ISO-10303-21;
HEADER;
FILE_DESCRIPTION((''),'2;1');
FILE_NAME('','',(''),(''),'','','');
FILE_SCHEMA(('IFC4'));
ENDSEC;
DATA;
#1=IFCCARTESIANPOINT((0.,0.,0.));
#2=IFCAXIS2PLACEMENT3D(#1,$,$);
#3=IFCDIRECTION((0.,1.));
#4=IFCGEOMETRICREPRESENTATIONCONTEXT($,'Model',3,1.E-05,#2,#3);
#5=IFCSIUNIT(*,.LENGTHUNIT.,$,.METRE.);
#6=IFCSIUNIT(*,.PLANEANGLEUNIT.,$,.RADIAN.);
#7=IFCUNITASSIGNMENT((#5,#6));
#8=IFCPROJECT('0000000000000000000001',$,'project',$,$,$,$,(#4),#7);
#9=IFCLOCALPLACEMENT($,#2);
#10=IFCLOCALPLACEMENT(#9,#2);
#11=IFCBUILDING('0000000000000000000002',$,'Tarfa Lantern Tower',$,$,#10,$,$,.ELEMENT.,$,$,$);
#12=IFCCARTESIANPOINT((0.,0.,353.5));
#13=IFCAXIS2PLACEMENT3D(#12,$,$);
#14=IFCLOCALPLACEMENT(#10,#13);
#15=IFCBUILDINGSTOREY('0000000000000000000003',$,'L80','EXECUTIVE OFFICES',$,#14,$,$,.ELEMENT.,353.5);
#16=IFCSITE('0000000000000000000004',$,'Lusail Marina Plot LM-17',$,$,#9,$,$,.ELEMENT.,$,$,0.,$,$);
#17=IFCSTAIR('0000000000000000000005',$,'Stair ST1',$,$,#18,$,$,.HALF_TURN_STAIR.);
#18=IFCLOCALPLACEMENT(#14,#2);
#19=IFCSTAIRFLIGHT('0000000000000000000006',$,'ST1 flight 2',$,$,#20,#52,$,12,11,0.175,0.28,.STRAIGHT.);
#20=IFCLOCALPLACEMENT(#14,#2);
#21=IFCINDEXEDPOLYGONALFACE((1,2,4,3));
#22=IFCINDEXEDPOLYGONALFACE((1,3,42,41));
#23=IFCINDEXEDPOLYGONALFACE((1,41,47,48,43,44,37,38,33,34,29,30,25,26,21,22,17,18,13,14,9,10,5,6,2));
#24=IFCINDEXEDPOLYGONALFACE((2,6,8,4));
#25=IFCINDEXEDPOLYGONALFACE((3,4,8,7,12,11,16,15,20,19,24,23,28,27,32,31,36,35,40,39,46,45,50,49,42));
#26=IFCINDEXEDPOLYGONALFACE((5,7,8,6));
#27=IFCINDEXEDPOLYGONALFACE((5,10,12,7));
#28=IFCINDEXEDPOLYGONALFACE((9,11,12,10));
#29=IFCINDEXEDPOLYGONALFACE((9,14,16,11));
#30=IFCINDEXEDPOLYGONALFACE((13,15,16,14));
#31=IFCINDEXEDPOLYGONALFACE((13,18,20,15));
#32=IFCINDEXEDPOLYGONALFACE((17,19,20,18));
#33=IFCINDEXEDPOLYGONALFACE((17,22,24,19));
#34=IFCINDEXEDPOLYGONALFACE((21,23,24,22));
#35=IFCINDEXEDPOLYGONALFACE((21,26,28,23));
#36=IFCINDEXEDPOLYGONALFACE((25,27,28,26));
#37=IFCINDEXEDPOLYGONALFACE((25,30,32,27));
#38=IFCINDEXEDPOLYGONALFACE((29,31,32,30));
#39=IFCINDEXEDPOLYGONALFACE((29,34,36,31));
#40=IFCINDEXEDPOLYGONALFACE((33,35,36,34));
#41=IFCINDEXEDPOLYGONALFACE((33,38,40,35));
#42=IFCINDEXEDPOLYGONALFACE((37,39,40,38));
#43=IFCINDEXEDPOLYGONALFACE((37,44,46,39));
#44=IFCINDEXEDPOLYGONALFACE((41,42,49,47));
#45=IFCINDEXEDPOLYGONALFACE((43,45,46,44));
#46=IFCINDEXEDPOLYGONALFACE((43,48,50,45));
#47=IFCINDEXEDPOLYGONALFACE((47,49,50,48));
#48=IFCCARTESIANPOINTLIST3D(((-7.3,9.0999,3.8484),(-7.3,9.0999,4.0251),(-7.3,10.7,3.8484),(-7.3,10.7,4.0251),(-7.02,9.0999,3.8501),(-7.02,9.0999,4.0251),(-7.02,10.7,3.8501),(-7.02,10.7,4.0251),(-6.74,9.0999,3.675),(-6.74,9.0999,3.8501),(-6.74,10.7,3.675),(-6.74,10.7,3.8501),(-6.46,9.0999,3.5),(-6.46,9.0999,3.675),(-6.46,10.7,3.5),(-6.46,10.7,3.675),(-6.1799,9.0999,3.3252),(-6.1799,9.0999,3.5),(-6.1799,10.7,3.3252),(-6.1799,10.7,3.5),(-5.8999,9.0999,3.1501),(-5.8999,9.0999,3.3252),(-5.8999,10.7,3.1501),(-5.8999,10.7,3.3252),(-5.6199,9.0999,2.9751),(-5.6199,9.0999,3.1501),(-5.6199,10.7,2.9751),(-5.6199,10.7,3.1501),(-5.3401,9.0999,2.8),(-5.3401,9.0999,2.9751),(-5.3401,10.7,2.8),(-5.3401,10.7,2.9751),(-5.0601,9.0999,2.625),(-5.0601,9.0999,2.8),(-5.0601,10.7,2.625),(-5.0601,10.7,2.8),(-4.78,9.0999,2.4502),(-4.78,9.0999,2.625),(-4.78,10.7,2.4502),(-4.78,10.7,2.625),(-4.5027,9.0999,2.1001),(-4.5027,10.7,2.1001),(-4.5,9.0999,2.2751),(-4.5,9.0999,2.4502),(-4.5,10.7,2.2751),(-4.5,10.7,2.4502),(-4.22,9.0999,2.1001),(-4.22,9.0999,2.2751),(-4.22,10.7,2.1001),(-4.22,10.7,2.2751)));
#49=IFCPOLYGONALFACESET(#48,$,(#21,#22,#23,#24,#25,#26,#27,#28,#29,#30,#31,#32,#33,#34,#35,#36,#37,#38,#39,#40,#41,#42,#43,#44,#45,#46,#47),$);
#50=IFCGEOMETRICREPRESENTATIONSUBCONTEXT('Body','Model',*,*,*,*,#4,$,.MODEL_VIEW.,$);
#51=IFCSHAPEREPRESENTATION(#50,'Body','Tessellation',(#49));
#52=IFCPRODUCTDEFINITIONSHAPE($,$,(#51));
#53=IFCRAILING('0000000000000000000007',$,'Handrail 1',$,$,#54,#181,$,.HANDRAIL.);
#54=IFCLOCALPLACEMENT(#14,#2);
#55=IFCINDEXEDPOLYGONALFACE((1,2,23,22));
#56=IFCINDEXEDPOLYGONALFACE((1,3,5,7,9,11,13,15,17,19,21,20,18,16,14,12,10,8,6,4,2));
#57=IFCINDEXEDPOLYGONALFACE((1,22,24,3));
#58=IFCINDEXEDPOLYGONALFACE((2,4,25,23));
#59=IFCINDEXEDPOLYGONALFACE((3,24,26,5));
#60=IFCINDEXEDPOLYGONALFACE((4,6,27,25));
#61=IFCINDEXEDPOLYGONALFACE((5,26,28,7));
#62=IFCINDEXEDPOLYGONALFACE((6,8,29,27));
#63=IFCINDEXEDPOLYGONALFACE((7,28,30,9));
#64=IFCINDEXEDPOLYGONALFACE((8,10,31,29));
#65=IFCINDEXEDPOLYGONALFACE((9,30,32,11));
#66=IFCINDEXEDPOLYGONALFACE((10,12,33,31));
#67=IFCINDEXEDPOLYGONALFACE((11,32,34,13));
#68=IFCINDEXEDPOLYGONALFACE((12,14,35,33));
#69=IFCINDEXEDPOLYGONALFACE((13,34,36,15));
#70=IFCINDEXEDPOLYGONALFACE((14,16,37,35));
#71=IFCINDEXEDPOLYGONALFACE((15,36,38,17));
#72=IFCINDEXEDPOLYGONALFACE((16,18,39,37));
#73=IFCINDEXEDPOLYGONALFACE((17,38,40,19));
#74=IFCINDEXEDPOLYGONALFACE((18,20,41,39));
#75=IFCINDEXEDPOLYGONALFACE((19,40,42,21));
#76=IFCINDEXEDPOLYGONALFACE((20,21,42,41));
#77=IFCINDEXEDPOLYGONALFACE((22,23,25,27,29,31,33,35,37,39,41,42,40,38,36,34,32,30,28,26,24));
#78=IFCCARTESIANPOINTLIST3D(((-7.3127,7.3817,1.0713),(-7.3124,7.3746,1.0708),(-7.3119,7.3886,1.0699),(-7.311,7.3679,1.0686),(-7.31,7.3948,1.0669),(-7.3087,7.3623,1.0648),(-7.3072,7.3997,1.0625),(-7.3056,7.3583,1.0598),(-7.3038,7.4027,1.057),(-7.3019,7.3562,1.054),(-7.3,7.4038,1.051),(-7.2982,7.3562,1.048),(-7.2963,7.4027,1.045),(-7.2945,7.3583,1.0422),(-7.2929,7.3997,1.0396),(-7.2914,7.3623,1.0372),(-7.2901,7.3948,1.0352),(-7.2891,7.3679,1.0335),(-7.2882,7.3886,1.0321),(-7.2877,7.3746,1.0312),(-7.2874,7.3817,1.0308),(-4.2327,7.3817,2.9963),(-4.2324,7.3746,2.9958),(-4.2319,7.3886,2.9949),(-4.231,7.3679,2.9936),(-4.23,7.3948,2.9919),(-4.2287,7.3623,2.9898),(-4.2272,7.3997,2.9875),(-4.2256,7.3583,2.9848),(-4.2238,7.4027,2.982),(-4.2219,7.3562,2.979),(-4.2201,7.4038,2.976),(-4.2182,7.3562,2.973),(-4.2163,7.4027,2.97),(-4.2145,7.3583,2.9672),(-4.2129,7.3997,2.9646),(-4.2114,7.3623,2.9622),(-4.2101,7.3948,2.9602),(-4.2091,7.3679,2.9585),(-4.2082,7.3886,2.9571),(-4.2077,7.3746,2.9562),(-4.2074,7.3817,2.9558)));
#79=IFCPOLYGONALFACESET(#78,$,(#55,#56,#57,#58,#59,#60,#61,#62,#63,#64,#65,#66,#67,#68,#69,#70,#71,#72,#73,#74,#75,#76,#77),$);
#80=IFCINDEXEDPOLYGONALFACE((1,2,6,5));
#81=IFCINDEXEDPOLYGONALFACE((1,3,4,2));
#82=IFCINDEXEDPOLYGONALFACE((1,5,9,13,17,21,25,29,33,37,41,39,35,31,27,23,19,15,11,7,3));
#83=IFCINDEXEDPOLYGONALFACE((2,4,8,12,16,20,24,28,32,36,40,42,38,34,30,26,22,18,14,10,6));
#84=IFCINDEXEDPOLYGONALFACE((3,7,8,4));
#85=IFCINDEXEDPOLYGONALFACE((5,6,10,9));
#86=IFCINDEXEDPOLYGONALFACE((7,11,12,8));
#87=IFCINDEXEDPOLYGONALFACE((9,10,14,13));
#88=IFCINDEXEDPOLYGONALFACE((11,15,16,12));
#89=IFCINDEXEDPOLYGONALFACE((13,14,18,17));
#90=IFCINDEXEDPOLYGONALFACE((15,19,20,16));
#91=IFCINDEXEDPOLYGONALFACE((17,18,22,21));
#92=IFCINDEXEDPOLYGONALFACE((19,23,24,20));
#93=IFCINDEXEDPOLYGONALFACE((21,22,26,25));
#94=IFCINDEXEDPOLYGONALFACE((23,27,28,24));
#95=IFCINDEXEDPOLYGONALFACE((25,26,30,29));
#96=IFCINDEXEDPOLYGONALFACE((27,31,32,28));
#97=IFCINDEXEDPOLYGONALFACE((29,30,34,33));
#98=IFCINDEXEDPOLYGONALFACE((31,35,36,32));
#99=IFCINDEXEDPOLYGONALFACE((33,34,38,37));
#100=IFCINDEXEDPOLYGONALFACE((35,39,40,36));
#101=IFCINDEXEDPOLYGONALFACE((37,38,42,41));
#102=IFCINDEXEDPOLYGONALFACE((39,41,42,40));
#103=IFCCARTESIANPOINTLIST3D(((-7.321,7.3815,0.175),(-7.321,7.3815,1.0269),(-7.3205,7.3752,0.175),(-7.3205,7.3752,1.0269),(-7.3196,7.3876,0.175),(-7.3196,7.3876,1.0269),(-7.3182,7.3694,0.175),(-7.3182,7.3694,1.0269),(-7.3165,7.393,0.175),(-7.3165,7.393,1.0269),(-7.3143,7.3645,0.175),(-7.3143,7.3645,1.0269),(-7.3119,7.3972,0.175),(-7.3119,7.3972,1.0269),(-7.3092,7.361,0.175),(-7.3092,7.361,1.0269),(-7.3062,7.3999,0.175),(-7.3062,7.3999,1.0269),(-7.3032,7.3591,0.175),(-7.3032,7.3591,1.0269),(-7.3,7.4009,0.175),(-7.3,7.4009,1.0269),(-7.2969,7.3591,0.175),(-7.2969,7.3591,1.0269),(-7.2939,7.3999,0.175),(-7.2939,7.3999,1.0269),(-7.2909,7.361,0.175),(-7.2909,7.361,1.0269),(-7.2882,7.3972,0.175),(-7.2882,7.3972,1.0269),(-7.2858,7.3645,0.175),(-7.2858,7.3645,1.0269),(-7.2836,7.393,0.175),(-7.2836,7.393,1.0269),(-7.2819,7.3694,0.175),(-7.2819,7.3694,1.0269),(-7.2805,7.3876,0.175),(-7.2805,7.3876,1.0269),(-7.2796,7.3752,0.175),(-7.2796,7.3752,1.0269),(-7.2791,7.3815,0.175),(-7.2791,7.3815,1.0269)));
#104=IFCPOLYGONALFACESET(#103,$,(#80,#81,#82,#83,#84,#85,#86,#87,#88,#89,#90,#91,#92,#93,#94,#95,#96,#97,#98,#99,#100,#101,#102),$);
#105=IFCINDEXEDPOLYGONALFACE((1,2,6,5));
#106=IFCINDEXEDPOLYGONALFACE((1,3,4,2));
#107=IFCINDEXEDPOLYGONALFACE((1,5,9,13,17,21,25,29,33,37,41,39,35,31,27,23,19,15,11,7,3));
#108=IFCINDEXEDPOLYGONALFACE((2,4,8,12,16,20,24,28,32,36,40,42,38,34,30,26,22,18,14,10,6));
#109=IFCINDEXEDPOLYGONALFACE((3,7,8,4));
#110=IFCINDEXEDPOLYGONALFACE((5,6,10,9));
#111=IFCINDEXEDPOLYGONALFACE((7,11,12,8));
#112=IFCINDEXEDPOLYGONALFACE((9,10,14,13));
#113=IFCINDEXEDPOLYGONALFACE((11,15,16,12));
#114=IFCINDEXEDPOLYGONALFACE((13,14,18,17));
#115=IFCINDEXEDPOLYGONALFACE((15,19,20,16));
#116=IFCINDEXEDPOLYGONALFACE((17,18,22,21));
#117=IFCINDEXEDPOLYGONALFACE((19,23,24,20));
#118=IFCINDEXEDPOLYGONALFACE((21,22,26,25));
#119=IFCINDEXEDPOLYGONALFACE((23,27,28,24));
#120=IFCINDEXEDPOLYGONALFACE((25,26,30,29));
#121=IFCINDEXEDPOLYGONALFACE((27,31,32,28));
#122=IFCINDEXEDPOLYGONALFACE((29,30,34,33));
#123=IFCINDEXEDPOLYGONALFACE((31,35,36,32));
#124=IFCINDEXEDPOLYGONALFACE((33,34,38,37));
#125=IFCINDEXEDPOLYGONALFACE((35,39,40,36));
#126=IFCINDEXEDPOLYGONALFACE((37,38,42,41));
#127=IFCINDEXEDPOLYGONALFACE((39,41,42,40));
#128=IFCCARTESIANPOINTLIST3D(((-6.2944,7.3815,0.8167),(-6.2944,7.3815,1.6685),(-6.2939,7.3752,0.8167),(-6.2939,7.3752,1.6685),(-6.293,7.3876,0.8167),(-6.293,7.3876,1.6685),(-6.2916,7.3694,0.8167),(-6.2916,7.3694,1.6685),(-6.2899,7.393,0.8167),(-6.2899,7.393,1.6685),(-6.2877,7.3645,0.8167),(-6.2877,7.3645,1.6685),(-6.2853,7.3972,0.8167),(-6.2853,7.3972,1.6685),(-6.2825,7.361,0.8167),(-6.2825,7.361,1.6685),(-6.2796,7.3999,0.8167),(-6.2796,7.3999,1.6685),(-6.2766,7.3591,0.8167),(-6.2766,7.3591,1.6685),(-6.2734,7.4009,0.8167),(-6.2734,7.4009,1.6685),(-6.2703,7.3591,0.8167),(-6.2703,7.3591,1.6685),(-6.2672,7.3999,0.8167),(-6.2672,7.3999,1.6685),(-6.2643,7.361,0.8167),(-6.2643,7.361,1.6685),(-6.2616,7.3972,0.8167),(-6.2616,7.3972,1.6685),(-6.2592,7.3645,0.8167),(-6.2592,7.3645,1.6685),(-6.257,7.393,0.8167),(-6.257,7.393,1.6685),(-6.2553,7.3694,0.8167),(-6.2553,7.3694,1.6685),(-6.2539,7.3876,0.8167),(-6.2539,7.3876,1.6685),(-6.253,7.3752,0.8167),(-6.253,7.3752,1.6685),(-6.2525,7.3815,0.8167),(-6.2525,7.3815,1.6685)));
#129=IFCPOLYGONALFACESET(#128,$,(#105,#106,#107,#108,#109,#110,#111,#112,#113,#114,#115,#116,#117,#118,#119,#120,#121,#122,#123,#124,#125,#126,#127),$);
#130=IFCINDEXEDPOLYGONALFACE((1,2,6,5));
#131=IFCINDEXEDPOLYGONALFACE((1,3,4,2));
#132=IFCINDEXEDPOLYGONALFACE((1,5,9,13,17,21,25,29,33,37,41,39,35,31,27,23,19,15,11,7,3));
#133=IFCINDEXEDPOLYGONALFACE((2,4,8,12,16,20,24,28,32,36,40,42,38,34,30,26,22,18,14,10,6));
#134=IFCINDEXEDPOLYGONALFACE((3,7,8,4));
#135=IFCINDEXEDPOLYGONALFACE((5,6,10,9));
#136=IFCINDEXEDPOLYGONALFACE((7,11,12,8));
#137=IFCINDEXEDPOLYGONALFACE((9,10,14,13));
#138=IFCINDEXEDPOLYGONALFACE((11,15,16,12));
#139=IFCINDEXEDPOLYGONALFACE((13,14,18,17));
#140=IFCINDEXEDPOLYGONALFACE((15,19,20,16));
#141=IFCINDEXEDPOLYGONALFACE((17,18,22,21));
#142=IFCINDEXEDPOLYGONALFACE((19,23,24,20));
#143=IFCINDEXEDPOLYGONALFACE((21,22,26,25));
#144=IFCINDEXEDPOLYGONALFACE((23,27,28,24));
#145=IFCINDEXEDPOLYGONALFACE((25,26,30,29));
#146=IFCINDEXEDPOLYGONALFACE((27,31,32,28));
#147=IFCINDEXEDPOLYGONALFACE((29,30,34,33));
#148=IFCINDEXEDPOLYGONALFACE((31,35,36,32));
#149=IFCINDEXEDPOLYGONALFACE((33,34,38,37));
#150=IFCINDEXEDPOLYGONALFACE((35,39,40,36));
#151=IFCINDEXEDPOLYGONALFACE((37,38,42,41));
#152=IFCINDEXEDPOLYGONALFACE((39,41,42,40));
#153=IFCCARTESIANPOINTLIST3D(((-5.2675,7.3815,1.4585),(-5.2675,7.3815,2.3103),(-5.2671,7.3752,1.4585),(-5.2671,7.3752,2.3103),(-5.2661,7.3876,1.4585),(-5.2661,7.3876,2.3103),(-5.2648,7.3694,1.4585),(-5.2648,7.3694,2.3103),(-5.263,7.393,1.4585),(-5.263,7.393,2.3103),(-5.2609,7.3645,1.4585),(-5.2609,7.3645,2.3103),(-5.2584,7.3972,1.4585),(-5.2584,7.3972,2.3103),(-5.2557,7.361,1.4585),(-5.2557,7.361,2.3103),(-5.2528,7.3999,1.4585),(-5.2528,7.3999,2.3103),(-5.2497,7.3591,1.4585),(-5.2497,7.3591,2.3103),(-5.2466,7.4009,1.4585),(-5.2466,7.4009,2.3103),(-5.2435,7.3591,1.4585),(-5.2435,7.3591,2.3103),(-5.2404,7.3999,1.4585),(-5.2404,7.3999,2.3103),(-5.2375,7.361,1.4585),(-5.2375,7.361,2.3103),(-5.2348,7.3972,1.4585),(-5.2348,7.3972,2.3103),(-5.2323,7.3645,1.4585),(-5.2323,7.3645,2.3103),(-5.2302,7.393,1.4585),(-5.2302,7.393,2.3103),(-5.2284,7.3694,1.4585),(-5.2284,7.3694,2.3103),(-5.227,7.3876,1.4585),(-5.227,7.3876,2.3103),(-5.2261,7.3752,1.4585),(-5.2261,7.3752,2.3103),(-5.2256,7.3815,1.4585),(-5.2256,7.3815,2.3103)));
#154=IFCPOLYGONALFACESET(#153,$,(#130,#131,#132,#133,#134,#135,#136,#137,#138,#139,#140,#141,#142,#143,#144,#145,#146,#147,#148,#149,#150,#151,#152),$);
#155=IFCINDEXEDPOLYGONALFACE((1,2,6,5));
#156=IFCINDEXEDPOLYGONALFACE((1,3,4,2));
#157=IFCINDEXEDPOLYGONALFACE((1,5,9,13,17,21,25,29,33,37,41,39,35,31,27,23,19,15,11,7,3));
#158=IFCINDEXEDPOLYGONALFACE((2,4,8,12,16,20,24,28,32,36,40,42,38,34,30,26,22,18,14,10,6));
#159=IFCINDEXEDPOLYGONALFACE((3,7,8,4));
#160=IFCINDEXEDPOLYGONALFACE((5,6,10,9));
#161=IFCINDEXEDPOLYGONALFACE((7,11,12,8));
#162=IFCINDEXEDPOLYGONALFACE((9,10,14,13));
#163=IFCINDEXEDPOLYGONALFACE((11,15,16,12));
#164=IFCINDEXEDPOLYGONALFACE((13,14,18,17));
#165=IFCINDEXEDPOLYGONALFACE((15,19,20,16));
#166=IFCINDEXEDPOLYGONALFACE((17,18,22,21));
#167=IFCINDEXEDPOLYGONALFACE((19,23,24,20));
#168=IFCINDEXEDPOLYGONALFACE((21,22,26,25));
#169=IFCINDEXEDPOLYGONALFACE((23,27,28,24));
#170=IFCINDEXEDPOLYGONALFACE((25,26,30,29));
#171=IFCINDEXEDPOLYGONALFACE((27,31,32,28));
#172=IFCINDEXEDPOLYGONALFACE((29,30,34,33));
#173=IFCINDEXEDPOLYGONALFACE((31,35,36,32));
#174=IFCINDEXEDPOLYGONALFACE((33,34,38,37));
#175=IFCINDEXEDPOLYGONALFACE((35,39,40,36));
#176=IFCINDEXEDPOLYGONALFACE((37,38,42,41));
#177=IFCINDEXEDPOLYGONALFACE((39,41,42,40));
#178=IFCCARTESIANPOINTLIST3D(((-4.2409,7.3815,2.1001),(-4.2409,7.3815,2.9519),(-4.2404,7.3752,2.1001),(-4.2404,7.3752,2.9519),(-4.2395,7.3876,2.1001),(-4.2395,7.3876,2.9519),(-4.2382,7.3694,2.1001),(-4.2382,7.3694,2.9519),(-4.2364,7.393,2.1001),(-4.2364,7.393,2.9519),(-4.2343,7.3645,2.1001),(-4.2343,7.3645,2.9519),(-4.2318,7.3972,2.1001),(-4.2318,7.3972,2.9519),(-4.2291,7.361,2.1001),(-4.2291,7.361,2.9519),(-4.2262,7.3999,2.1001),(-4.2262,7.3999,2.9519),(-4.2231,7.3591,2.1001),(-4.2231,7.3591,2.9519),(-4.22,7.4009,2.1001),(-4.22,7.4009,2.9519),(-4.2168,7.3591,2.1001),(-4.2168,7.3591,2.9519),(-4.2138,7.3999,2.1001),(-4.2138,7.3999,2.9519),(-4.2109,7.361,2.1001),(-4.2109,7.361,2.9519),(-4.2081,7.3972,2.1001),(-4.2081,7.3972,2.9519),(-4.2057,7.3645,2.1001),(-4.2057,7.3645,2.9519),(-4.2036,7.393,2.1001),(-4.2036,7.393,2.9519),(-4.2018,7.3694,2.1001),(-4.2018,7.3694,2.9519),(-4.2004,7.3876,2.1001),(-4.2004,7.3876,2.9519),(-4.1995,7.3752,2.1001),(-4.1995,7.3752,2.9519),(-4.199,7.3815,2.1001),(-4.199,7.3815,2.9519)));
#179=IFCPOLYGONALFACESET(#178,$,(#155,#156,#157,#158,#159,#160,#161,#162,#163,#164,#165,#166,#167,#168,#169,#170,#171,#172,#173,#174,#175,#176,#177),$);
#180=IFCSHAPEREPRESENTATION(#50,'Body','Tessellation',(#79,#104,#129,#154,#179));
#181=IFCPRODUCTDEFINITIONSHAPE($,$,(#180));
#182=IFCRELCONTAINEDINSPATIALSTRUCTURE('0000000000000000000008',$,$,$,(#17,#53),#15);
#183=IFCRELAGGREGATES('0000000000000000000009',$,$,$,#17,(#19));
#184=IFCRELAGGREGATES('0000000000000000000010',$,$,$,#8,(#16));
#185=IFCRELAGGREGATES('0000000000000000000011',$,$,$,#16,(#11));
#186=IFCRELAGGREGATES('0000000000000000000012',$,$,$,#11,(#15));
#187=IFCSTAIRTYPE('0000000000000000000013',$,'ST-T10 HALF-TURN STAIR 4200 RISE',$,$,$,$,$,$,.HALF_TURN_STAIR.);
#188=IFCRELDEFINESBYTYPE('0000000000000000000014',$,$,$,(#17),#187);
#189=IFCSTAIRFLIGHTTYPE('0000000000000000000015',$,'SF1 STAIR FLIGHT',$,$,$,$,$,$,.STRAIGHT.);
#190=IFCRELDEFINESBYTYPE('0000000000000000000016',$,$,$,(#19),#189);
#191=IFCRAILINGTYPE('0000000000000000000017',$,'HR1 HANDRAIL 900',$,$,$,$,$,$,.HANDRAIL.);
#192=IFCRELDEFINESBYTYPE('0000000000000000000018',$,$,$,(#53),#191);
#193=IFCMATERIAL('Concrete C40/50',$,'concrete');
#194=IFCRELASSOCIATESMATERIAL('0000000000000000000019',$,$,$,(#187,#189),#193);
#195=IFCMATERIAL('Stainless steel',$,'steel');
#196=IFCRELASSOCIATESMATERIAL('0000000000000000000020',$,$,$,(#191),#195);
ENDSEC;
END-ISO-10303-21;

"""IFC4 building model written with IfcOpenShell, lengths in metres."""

from ifc_helpers import new_model, si_unit, direction, frame, origin, origin_2d, place, context, subcontext, project, spatial, polyline, circle, outline, extrude, material, type_object, element, aggregate, save


model = new_model("IFC4")

# Units and contexts
model_context = context("Model", 3, precision=1e-05, world=origin(), true_north=direction((0.0, 1.0)))
body_context = subcontext(model_context, "Body", "Model", "MODEL_VIEW")
ifc_project = project(units=[si_unit("LENGTHUNIT", "METRE"), si_unit("PLANEANGLEUNIT", "RADIAN")], contexts=[model_context])

# Site, building, storey
site_placement = place(None, origin())
site = spatial("IfcSite", under=ifc_project, at=site_placement, Name="Lusail Marina Plot LM-17", CompositionType="ELEMENT", RefElevation=0.0)
building_placement = place(site_placement, origin())
building = spatial("IfcBuilding", under=site, at=building_placement, Name="Tarfa Lantern Tower", CompositionType="ELEMENT")
storey_placement = place(building_placement, frame((0.0, 0.0, 353.5)))
storey = spatial("IfcBuildingStorey", under=building, at=storey_placement, Name="L80", Description="EXECUTIVE OFFICES", CompositionType="ELEMENT", Elevation=353.5)

# Stair, stair flight
ifc_material_1 = material(Name="Concrete C40/50", Category="concrete")
stair_type = type_object("IfcStairType", Name="ST-T10 HALF-TURN STAIR 4200 RISE", PredefinedType="HALF_TURN_STAIR", material=ifc_material_1)
stair_placement = place(storey_placement, origin())
stair = element("IfcStair", 1, at=stair_placement, inside=storey, type_object=stair_type, Name="Stair ST1", PredefinedType="HALF_TURN_STAIR")
stair_flight_type = type_object("IfcStairFlightType", Name="SF1 STAIR FLIGHT", PredefinedType="STRAIGHT", material=ifc_material_1)
stair_flight_1_placement = place(storey_placement, frame((-4.22, 9.8999, 2.1001), z_axis=(0.0, 0.0, 1.0), x_axis=(-1.0, 0.0, 0.0)))
stair_flight_1 = element("IfcStairFlight", 2, at=stair_flight_1_placement, type_object=stair_flight_type, Name="ST1 flight 2", NumberOfRisers=12, NumberOfTreads=11, PredefinedType="STRAIGHT", RiserHeight=0.175, TreadLength=0.28, context=body_context, shape_type="SweptSolid", body=[
    extrude(outline(polyline([(0.0, 0.0), (0.0, 0.175), (0.28, 0.175), (0.28, 0.3501), (0.5601, 0.3501), (0.5601, 0.5249), (0.8401, 0.5249), (0.8401, 0.7), (1.1201, 0.7), (1.1201, 0.875), (1.3999, 0.875), (1.3999, 1.05), (1.6799, 1.05), (1.6799, 1.2251), (1.96, 1.2251), (1.96, 1.3999), (2.24, 1.3999), (2.24, 1.575), (2.52, 1.575), (2.52, 1.75), (2.8, 1.75), (2.8, 1.925), (3.0801, 1.925), (3.0801, 2.1001), (3.0801, 1.7483), (0.2827, 0.0), (0.0, 0.0)])), frame((0.0, 0.8, 0.0), z_axis=(0.0, -1.0, 0.0), x_axis=(1.0, 0.0, 0.0)), (0.0, 0.0, 1.0), 1.6001),
])
aggregate(stair, [stair_flight_1])

# Railing
ifc_material_2 = material(Name="Stainless steel", Category="steel")
railing_type = type_object("IfcRailingType", Name="HR1 HANDRAIL 900", PredefinedType="HANDRAIL", material=ifc_material_2)
railing_1_placement = place(storey_placement, frame((-7.3, 7.3799, 0.175)))
element("IfcRailing", 3, at=railing_1_placement, inside=storey, type_object=railing_type, Name="Handrail 1", PredefinedType="HANDRAIL", context=body_context, shape_type="SweptSolid", body=[
    extrude(circle(Radius=0.0239, at=origin_2d()), frame((0.0, 0.0, 0.876), z_axis=(0.847998, 0.0, 0.529999), x_axis=(0.0, 1.0, 0.0)), (0.0, 0.0, 1.0), 3.6321),
    extrude(circle(Radius=0.021, at=origin_2d()), frame((0.0, 0.0, 0.0), z_axis=(0.0, 0.0, 1.0), x_axis=(0.0, 1.0, 0.0)), (0.0, 0.0, 1.0), 0.8518),
    extrude(circle(Radius=0.021, at=origin_2d()), frame((1.0266, 0.0, 0.6416), z_axis=(0.0, 0.0, 1.0), x_axis=(0.0, 1.0, 0.0)), (0.0, 0.0, 1.0), 0.8518),
    extrude(circle(Radius=0.021, at=origin_2d()), frame((2.0535, 0.0, 1.2834), z_axis=(0.0, 0.0, 1.0), x_axis=(0.0, 1.0, 0.0)), (0.0, 0.0, 1.0), 0.8518),
    extrude(circle(Radius=0.021, at=origin_2d()), frame((3.0801, 0.0, 1.925), z_axis=(0.0, 0.0, 1.0), x_axis=(0.0, 1.0, 0.0)), (0.0, 0.0, 1.0), 0.8518),
])

save(model, "model.ifc")
